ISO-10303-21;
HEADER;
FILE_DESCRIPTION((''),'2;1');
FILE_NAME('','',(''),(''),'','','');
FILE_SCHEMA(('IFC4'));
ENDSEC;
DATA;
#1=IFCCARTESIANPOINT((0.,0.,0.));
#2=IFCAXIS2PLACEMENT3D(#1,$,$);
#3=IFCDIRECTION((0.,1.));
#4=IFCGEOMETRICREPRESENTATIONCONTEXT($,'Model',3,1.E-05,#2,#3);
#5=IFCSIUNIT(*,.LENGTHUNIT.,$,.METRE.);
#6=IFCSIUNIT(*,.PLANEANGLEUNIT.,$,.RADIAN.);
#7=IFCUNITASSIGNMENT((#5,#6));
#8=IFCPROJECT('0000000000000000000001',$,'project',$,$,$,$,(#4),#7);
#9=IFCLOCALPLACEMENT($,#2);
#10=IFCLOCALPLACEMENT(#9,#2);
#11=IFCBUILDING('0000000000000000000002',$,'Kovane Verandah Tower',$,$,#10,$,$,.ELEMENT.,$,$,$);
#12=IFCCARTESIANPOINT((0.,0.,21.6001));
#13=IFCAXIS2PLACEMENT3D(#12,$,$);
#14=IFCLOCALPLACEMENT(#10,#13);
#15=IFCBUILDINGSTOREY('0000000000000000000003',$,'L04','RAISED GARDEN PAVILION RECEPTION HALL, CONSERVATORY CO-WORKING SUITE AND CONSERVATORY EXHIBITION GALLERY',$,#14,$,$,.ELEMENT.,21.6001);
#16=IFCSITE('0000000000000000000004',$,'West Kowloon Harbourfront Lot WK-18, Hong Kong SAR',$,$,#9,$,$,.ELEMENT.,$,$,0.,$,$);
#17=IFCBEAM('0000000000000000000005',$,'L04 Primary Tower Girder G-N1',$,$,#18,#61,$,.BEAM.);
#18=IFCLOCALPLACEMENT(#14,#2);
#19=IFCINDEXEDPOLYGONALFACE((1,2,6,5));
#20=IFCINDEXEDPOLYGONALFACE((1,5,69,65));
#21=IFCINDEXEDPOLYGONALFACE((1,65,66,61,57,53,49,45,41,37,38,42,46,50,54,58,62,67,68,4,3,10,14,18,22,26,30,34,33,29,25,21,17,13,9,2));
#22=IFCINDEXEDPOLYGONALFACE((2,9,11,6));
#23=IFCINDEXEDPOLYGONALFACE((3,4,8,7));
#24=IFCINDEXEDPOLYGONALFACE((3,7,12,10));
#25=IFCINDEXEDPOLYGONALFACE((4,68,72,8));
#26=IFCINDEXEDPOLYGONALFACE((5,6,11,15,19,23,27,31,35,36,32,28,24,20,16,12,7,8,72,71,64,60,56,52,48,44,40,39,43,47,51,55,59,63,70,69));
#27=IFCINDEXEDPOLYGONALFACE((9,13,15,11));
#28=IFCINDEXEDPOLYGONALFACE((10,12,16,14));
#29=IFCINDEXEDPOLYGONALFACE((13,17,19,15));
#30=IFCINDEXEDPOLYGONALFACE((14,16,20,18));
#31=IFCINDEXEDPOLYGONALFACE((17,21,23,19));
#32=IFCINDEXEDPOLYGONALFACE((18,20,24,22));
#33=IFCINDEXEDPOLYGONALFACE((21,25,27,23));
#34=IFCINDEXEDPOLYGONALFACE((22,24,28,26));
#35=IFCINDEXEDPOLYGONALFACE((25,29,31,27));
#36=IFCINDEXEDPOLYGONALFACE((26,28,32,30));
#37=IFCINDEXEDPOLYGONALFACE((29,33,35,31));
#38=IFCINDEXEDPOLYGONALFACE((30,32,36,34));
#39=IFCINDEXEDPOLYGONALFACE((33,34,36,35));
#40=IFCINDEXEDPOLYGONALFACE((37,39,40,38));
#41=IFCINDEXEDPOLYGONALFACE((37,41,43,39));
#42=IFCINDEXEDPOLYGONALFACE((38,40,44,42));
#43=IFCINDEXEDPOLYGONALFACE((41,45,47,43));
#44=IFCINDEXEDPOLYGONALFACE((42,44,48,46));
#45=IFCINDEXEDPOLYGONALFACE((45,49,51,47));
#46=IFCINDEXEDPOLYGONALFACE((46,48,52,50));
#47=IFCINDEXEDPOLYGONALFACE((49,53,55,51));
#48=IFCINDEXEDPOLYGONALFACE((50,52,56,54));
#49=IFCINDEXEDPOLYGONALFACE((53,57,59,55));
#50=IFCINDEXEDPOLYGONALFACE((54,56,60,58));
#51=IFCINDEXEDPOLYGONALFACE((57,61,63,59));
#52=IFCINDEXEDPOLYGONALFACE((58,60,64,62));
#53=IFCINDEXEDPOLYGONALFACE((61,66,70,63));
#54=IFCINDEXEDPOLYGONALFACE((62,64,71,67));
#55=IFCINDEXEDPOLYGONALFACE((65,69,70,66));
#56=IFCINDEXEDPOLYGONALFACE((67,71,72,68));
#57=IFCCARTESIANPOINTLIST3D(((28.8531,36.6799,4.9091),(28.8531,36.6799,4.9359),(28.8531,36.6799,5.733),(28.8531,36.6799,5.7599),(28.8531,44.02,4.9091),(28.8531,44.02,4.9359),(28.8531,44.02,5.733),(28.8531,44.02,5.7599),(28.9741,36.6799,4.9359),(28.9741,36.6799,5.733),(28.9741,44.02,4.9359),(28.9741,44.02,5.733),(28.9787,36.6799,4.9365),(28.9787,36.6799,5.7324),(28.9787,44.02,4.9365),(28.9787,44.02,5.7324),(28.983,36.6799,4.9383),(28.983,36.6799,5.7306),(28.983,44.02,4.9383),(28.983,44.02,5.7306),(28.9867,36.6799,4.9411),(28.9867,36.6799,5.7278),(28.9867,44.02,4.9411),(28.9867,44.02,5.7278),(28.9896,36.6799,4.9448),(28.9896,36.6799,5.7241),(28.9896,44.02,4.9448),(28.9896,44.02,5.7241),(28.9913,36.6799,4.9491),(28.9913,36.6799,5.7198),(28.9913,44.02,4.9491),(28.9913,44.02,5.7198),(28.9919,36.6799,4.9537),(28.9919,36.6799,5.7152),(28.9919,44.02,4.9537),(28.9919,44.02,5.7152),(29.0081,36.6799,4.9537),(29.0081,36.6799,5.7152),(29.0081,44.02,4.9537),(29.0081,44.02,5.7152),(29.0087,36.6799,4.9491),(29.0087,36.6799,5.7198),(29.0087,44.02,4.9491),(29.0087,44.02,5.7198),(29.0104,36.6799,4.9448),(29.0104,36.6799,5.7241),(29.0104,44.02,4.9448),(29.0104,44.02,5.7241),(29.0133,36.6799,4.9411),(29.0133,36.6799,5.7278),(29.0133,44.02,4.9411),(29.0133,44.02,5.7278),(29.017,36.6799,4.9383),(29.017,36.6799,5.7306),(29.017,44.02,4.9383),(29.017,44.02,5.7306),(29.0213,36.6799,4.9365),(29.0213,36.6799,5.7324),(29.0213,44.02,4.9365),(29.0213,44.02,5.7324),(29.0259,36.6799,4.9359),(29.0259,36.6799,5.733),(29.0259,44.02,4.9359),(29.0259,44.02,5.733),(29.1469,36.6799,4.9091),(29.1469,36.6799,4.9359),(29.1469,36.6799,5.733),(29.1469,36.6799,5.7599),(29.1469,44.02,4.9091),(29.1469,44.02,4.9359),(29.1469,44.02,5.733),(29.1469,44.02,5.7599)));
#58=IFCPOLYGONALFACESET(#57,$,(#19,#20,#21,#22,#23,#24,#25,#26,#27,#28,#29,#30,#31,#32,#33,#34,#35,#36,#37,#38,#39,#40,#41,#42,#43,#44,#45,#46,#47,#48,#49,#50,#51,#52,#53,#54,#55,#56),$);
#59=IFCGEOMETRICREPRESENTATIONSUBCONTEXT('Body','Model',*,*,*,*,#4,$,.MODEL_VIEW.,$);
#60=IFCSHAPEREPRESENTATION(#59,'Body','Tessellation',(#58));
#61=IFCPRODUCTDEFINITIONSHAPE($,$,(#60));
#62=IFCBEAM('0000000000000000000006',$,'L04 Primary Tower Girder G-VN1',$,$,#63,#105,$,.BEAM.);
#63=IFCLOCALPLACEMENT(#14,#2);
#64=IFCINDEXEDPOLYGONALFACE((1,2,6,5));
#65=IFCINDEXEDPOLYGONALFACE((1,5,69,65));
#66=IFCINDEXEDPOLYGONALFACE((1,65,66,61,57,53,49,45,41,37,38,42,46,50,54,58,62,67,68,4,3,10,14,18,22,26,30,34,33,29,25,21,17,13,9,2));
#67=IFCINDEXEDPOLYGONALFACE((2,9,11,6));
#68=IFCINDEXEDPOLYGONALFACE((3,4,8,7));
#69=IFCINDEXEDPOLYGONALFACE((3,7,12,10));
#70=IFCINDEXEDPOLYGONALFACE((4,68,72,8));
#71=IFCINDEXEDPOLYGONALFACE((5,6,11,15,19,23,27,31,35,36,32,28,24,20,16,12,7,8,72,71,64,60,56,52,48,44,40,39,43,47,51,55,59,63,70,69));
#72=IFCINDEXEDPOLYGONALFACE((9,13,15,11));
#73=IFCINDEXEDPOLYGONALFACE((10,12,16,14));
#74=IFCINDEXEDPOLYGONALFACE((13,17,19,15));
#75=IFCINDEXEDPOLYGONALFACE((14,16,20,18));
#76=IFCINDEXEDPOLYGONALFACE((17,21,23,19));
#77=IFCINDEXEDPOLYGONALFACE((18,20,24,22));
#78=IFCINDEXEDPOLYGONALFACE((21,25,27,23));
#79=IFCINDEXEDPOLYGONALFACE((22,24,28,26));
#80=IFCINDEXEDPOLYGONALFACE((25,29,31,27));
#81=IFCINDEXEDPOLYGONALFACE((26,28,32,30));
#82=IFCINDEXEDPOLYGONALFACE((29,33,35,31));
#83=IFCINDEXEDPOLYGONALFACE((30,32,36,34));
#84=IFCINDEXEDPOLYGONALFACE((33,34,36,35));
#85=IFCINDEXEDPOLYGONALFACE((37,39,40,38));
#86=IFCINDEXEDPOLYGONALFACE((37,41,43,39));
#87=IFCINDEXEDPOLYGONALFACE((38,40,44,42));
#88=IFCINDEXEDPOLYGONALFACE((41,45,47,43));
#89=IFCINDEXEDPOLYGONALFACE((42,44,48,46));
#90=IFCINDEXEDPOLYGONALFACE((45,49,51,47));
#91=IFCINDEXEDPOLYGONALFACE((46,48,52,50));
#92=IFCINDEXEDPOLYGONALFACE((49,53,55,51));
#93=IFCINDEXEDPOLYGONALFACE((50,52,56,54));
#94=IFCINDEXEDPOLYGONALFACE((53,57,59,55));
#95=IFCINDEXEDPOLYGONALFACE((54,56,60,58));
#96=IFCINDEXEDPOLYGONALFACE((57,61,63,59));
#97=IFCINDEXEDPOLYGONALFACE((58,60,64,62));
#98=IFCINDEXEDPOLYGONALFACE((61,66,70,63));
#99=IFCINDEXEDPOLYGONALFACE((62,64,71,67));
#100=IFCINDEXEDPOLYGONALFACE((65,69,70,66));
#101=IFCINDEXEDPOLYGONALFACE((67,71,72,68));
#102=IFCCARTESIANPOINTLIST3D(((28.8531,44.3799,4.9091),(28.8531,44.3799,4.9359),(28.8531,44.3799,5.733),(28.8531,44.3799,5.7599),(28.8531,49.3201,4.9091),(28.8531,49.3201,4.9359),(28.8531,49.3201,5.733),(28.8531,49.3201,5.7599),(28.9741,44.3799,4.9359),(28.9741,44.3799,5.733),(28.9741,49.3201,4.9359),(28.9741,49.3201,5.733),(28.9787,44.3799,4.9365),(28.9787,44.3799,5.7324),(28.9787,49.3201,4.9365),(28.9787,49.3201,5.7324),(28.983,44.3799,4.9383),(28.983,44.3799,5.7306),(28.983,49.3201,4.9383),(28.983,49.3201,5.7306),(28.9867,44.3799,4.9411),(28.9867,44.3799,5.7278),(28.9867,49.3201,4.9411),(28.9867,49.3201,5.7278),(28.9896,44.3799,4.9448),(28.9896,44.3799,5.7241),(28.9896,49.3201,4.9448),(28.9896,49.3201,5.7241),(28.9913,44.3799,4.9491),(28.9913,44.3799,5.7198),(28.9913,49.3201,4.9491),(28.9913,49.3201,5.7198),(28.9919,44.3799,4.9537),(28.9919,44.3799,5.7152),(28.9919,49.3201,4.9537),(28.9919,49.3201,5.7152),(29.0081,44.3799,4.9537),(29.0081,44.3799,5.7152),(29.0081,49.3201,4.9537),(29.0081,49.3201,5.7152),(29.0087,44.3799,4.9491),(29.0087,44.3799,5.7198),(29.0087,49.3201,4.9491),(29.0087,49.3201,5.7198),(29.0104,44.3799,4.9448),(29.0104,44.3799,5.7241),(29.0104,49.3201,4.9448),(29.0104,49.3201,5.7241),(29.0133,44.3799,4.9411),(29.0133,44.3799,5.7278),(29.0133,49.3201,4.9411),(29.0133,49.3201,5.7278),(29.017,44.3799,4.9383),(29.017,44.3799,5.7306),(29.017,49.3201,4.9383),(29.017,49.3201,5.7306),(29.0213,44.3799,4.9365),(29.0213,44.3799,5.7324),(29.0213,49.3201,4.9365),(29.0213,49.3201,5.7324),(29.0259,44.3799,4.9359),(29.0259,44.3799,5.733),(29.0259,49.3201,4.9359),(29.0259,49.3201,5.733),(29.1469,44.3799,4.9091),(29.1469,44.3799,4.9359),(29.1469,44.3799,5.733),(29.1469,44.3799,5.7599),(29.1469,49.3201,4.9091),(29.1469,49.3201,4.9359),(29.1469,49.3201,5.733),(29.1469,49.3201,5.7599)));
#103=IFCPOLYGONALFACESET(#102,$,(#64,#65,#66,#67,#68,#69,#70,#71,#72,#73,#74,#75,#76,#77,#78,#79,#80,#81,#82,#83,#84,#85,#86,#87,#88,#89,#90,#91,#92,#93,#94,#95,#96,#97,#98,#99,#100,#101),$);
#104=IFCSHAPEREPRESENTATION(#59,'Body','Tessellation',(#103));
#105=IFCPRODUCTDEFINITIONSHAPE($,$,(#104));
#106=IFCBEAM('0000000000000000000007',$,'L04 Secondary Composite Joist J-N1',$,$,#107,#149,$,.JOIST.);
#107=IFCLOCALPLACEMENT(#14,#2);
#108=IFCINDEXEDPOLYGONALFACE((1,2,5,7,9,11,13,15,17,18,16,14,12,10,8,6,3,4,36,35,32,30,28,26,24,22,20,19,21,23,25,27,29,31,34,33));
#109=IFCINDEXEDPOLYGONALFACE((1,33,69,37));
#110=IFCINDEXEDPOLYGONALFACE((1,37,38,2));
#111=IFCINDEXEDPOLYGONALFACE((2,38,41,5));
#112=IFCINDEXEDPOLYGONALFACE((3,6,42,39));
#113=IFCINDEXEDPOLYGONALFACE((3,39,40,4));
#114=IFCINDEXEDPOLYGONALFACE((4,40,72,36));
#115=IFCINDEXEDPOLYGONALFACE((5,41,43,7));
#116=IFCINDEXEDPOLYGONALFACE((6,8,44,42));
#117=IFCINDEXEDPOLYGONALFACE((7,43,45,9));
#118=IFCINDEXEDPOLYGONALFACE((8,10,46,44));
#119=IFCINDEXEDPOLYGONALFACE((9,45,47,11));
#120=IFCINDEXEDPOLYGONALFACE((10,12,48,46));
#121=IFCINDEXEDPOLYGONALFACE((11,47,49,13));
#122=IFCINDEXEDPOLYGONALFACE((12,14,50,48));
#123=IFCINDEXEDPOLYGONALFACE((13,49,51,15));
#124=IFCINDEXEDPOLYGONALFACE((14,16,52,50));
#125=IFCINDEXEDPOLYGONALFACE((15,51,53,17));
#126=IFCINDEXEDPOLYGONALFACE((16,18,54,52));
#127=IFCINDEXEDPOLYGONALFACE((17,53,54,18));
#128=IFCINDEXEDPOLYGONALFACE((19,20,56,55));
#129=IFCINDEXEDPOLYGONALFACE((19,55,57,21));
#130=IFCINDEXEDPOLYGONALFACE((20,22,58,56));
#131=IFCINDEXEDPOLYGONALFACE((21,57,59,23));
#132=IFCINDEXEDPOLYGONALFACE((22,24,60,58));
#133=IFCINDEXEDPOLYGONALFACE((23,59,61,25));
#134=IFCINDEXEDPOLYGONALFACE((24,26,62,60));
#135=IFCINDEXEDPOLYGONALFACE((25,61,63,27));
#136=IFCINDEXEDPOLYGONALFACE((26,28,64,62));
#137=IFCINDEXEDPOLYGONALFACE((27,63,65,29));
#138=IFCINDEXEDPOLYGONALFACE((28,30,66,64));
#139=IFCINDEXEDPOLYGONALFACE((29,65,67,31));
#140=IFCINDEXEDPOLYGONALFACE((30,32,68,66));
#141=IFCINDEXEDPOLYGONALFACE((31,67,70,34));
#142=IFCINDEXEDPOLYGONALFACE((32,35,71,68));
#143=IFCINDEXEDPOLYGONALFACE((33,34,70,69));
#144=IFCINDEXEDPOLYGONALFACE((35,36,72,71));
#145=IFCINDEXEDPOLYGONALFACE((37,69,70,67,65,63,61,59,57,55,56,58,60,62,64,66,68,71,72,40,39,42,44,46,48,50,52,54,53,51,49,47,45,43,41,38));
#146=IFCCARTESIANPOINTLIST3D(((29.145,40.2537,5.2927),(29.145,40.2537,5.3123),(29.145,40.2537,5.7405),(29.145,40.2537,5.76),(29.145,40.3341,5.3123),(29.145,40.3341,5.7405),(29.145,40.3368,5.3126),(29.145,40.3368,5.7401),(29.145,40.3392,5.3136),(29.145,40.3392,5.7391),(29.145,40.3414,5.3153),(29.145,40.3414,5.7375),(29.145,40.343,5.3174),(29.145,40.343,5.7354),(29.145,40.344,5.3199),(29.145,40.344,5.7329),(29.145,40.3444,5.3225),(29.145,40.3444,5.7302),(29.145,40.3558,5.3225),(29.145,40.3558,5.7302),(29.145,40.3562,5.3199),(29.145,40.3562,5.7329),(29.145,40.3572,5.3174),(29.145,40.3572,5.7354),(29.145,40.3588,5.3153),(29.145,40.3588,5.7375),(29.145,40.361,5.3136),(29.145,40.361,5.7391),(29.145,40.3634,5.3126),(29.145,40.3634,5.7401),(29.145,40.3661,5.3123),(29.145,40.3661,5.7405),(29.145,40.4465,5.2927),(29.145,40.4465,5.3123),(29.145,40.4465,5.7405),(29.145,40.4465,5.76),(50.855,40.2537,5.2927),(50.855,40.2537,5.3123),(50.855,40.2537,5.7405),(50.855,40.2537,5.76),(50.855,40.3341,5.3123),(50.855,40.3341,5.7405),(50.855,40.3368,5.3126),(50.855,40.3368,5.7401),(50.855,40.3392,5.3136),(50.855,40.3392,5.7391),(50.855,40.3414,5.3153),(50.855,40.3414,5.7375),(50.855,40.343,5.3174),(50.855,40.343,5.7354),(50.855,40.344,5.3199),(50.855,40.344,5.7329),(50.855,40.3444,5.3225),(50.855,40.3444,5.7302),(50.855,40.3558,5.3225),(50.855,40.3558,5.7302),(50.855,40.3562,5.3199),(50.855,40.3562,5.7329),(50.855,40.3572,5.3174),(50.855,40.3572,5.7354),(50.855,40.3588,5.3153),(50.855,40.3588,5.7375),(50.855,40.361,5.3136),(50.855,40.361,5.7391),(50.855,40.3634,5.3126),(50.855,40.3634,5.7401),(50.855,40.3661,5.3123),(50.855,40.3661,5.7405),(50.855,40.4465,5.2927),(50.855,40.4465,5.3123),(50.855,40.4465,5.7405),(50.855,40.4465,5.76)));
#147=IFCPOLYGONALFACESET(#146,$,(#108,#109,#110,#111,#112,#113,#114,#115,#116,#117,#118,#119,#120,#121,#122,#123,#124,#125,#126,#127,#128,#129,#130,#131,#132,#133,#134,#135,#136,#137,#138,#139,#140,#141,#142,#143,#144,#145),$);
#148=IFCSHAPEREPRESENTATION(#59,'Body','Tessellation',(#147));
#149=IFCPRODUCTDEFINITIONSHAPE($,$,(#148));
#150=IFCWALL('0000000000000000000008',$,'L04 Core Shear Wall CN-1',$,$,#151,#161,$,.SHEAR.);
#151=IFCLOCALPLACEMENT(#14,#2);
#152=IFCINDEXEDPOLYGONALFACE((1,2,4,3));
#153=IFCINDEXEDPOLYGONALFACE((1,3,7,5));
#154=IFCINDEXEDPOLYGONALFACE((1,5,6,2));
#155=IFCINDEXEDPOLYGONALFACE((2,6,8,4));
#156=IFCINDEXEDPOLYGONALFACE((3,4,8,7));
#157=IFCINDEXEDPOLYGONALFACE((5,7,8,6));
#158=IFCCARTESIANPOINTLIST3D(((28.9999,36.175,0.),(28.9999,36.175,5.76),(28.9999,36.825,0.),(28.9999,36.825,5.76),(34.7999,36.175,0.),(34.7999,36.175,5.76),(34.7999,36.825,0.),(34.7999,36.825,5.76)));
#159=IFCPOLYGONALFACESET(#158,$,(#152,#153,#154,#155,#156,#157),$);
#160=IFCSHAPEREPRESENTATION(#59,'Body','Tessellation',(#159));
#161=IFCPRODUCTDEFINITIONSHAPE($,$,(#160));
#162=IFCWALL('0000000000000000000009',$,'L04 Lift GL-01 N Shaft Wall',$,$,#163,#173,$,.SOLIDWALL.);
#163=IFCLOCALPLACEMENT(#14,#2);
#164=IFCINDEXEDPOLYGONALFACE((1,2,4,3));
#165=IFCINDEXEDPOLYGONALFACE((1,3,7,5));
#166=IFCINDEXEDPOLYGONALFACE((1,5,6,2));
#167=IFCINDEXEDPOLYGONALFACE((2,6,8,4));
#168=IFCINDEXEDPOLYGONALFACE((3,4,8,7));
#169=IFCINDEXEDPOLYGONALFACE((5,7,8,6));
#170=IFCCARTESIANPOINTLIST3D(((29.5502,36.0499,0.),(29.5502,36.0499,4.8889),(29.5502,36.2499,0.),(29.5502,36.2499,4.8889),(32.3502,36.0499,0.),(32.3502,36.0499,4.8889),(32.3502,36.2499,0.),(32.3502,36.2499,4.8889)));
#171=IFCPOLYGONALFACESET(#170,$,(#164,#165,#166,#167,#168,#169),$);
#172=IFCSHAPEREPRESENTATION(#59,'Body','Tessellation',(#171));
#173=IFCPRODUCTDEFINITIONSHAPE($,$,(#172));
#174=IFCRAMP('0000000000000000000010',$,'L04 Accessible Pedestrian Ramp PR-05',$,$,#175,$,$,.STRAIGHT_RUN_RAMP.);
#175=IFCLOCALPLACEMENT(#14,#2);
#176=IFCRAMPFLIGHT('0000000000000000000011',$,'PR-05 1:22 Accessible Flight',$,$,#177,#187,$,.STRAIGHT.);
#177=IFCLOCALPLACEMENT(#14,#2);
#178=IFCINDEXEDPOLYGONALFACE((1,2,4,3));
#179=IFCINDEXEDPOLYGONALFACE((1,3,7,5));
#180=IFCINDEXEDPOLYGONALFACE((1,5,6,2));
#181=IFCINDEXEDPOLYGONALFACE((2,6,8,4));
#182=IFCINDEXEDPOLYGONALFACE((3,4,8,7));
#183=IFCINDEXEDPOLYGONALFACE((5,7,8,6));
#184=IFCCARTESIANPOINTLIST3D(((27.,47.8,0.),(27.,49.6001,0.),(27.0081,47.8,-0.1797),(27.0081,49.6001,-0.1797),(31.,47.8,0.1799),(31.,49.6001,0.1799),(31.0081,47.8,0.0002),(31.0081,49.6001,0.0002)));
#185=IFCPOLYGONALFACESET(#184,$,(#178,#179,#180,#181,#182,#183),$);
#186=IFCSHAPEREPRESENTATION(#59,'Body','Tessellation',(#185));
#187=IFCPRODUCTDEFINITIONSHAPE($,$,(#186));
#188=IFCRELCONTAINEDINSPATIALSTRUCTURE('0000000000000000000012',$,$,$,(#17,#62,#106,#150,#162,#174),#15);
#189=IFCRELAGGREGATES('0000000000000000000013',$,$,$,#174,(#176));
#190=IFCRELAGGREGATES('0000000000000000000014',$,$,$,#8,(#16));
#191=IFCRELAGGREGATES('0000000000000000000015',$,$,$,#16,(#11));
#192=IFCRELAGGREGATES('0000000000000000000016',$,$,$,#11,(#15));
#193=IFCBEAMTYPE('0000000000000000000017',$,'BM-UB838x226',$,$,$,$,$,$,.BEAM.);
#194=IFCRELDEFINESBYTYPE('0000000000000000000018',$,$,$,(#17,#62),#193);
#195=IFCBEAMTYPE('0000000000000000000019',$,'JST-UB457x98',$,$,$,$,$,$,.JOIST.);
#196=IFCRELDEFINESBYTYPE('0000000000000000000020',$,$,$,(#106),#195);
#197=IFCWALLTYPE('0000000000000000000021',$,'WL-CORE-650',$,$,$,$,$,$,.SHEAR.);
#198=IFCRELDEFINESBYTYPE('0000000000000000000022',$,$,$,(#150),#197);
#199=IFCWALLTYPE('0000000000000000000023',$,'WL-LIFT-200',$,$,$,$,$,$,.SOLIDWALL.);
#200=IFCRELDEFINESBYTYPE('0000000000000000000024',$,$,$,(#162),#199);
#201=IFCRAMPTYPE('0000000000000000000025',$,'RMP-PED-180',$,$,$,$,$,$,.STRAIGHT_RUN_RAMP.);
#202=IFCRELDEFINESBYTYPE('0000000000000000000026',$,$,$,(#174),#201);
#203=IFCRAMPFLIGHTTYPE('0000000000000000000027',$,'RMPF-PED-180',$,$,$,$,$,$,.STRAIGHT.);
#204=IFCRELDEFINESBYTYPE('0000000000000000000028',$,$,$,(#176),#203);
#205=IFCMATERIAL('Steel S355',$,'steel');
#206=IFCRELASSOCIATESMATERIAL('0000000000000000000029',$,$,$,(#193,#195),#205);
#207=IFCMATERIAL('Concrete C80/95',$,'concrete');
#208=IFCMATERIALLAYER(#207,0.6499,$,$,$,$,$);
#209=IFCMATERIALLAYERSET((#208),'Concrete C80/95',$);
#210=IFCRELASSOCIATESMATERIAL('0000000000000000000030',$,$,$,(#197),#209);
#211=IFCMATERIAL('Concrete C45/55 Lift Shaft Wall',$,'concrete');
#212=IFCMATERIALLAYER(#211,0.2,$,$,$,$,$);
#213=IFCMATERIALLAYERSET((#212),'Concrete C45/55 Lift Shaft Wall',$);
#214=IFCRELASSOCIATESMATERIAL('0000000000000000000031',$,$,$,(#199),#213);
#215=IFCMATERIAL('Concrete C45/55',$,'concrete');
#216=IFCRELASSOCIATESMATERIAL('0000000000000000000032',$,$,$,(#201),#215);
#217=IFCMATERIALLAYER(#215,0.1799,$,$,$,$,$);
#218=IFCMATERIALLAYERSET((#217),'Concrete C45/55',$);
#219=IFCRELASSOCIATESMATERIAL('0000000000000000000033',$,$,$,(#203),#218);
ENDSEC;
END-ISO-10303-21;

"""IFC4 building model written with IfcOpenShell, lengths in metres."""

from ifc_helpers import new_model, si_unit, direction, frame, frame_2d, origin, origin_2d, place, context, subcontext, project, spatial, polyline, rectangle, i_section, outline, extrude, material, layer, layer_set, material_profile, profile_set, type_object, element, aggregate, save


model = new_model("IFC4")

# Units and contexts
model_context = context("Model", 3, precision=1e-05, world=origin(), true_north=direction((0.0, 1.0)))
body_context = subcontext(model_context, "Body", "Model", "MODEL_VIEW")
ifc_project = project(units=[si_unit("LENGTHUNIT", "METRE"), si_unit("PLANEANGLEUNIT", "RADIAN")], contexts=[model_context])

# Site, building, storey
site_placement = place(None, origin())
site = spatial("IfcSite", under=ifc_project, at=site_placement, Name="West Kowloon Harbourfront Lot WK-18, Hong Kong SAR", CompositionType="ELEMENT", RefElevation=0.0)
building_placement = place(site_placement, origin())
building = spatial("IfcBuilding", under=site, at=building_placement, Name="Kovane Verandah Tower", CompositionType="ELEMENT")
storey_placement = place(building_placement, frame((0.0, 0.0, 21.6001)))
storey = spatial("IfcBuildingStorey", under=building, at=storey_placement, Name="L04", Description="RAISED GARDEN PAVILION RECEPTION HALL, CONSERVATORY CO-WORKING SUITE AND CONSERVATORY EXHIBITION GALLERY", CompositionType="ELEMENT", Elevation=21.6001)

# Shared definitions
ifc_material_1 = material(Name="Concrete C80/95", Category="concrete")

# Beams
ifc_material_2 = material(Name="Steel S355", Category="steel")
ifc_material_profile_1 = material_profile(ifc_material_2, i_section(OverallWidth=0.2937, OverallDepth=0.8508, WebThickness=0.0161, FlangeThickness=0.0269, FilletRadius=0.0178, at=origin_2d()), Name="UB838x292x226")
ifc_profile_set_1 = profile_set([ifc_material_profile_1], Name="Steel S355")
beam_type_1 = type_object("IfcBeamType", Name="BM-UB838x226", PredefinedType="BEAM", material=ifc_profile_set_1)
beam_1_placement = place(storey_placement, frame((29.0, 36.6799, 5.3345), z_axis=(0.0, 1.0, 0.0), x_axis=(-1.0, 0.0, 0.0)))
element("IfcBeam", 1, at=beam_1_placement, inside=storey, type_object=beam_type_1, Name="L04 Primary Tower Girder G-N1", PredefinedType="BEAM", context=body_context, shape_type="SweptSolid", body=[
    extrude(i_section(OverallWidth=0.2937, OverallDepth=0.8508, WebThickness=0.0161, FlangeThickness=0.0269, FilletRadius=0.0178, at=origin_2d()), origin(), (0.0, 0.0, 1.0), 7.3401),
])
beam_2_placement = place(storey_placement, frame((29.0, 44.3799, 5.3345), z_axis=(0.0, 1.0, 0.0), x_axis=(-1.0, 0.0, 0.0)))
element("IfcBeam", 2, at=beam_2_placement, inside=storey, type_object=beam_type_1, Name="L04 Primary Tower Girder G-VN1", PredefinedType="BEAM", context=body_context, shape_type="SweptSolid", body=[
    extrude(i_section(OverallWidth=0.2937, OverallDepth=0.8508, WebThickness=0.0161, FlangeThickness=0.0269, FilletRadius=0.0178, at=origin_2d()), origin(), (0.0, 0.0, 1.0), 4.9402),
])
ifc_material_profile_2 = material_profile(ifc_material_2, i_section(OverallWidth=0.1929, OverallDepth=0.4673, WebThickness=0.0115, FlangeThickness=0.0195, FilletRadius=0.0103, at=origin_2d()), Name="UB457x191x98")
ifc_profile_set_2 = profile_set([ifc_material_profile_2], Name="Steel S355")
beam_type_2 = type_object("IfcBeamType", Name="JST-UB457x98", PredefinedType="JOIST", material=ifc_profile_set_2)
beam_3_placement = place(storey_placement, frame((29.145, 40.3501, 5.5264), z_axis=(1.0, 0.0, 0.0), x_axis=(0.0, 1.0, 0.0)))
element("IfcBeam", 3, at=beam_3_placement, inside=storey, type_object=beam_type_2, Name="L04 Secondary Composite Joist J-N1", PredefinedType="JOIST", context=body_context, shape_type="SweptSolid", body=[
    extrude(i_section(OverallWidth=0.1929, OverallDepth=0.4673, WebThickness=0.0115, FlangeThickness=0.0195, FilletRadius=0.0103, at=origin_2d()), origin(), (0.0, 0.0, 1.0), 21.71),
])

# Walls
ifc_layer_1 = layer(ifc_material_1, 0.6499)
ifc_layer_set_1 = layer_set([ifc_layer_1], Name="Concrete C80/95")
wall_type_1 = type_object("IfcWallType", Name="WL-CORE-650", PredefinedType="SHEAR", material=ifc_layer_set_1)
wall_1_placement = place(storey_placement, frame((29.0, 36.5, 0.0), z_axis=(0.0, 0.0, 1.0), x_axis=(1.0, 0.0, 0.0)))
element("IfcWall", 4, at=wall_1_placement, inside=storey, type_object=wall_type_1, Name="L04 Core Shear Wall CN-1", PredefinedType="SHEAR", context=body_context, shape_type="SweptSolid", body=[
    extrude(rectangle(XDim=5.8, YDim=0.6499, at=frame_2d((2.8999, 0.0))), origin(), (0.0, 0.0, 1.0), 5.76),
])
ifc_material_3 = material(Name="Concrete C45/55 Lift Shaft Wall", Category="concrete")
ifc_layer_2 = layer(ifc_material_3, 0.2)
ifc_layer_set_2 = layer_set([ifc_layer_2], Name="Concrete C45/55 Lift Shaft Wall")
wall_type_2 = type_object("IfcWallType", Name="WL-LIFT-200", PredefinedType="SOLIDWALL", material=ifc_layer_set_2)
wall_2_placement = place(storey_placement, frame((32.3501, 36.1499, 0.0), z_axis=(0.0, 0.0, 1.0), x_axis=(-1.0, 0.0, 0.0)))
element("IfcWall", 5, at=wall_2_placement, inside=storey, type_object=wall_type_2, Name="L04 Lift GL-01 N Shaft Wall", PredefinedType="SOLIDWALL", context=body_context, shape_type="SweptSolid", body=[
    extrude(rectangle(XDim=2.8, YDim=0.2, at=frame_2d((1.3999, 0.0))), origin(), (0.0, 0.0, 1.0), 4.8889),
])

# Ramp, ramp flight
ifc_material_4 = material(Name="Concrete C45/55", Category="concrete")
ramp_type = type_object("IfcRampType", Name="RMP-PED-180", PredefinedType="STRAIGHT_RUN_RAMP", material=ifc_material_4)
ramp_placement = place(storey_placement, origin())
ramp = element("IfcRamp", 6, at=ramp_placement, inside=storey, type_object=ramp_type, Name="L04 Accessible Pedestrian Ramp PR-05", PredefinedType="STRAIGHT_RUN_RAMP")
ifc_layer_3 = layer(ifc_material_4, 0.1799)
ifc_layer_set_3 = layer_set([ifc_layer_3], Name="Concrete C45/55")
ramp_flight_type = type_object("IfcRampFlightType", Name="RMPF-PED-180", PredefinedType="STRAIGHT", material=ifc_layer_set_3)
ramp_flight_placement = place(storey_placement, frame((27.0, 47.8, 0.0), z_axis=(-0.044937, 0.0, 0.99899), x_axis=(0.99899, 0.0, 0.044937)))
ramp_flight = element("IfcRampFlight", 7, at=ramp_flight_placement, type_object=ramp_flight_type, Name="PR-05 1:22 Accessible Flight", PredefinedType="STRAIGHT", context=body_context, shape_type="SweptSolid", body=[
    extrude(outline(polyline([(0.0, 0.0), (4.004, 0.0), (4.004, 1.8), (0.0, 1.8), (0.0, 0.0)])), origin(), (0.0, 0.0, -1.0), 0.1799),
])
aggregate(ramp, [ramp_flight])

save(model, "model.ifc")
